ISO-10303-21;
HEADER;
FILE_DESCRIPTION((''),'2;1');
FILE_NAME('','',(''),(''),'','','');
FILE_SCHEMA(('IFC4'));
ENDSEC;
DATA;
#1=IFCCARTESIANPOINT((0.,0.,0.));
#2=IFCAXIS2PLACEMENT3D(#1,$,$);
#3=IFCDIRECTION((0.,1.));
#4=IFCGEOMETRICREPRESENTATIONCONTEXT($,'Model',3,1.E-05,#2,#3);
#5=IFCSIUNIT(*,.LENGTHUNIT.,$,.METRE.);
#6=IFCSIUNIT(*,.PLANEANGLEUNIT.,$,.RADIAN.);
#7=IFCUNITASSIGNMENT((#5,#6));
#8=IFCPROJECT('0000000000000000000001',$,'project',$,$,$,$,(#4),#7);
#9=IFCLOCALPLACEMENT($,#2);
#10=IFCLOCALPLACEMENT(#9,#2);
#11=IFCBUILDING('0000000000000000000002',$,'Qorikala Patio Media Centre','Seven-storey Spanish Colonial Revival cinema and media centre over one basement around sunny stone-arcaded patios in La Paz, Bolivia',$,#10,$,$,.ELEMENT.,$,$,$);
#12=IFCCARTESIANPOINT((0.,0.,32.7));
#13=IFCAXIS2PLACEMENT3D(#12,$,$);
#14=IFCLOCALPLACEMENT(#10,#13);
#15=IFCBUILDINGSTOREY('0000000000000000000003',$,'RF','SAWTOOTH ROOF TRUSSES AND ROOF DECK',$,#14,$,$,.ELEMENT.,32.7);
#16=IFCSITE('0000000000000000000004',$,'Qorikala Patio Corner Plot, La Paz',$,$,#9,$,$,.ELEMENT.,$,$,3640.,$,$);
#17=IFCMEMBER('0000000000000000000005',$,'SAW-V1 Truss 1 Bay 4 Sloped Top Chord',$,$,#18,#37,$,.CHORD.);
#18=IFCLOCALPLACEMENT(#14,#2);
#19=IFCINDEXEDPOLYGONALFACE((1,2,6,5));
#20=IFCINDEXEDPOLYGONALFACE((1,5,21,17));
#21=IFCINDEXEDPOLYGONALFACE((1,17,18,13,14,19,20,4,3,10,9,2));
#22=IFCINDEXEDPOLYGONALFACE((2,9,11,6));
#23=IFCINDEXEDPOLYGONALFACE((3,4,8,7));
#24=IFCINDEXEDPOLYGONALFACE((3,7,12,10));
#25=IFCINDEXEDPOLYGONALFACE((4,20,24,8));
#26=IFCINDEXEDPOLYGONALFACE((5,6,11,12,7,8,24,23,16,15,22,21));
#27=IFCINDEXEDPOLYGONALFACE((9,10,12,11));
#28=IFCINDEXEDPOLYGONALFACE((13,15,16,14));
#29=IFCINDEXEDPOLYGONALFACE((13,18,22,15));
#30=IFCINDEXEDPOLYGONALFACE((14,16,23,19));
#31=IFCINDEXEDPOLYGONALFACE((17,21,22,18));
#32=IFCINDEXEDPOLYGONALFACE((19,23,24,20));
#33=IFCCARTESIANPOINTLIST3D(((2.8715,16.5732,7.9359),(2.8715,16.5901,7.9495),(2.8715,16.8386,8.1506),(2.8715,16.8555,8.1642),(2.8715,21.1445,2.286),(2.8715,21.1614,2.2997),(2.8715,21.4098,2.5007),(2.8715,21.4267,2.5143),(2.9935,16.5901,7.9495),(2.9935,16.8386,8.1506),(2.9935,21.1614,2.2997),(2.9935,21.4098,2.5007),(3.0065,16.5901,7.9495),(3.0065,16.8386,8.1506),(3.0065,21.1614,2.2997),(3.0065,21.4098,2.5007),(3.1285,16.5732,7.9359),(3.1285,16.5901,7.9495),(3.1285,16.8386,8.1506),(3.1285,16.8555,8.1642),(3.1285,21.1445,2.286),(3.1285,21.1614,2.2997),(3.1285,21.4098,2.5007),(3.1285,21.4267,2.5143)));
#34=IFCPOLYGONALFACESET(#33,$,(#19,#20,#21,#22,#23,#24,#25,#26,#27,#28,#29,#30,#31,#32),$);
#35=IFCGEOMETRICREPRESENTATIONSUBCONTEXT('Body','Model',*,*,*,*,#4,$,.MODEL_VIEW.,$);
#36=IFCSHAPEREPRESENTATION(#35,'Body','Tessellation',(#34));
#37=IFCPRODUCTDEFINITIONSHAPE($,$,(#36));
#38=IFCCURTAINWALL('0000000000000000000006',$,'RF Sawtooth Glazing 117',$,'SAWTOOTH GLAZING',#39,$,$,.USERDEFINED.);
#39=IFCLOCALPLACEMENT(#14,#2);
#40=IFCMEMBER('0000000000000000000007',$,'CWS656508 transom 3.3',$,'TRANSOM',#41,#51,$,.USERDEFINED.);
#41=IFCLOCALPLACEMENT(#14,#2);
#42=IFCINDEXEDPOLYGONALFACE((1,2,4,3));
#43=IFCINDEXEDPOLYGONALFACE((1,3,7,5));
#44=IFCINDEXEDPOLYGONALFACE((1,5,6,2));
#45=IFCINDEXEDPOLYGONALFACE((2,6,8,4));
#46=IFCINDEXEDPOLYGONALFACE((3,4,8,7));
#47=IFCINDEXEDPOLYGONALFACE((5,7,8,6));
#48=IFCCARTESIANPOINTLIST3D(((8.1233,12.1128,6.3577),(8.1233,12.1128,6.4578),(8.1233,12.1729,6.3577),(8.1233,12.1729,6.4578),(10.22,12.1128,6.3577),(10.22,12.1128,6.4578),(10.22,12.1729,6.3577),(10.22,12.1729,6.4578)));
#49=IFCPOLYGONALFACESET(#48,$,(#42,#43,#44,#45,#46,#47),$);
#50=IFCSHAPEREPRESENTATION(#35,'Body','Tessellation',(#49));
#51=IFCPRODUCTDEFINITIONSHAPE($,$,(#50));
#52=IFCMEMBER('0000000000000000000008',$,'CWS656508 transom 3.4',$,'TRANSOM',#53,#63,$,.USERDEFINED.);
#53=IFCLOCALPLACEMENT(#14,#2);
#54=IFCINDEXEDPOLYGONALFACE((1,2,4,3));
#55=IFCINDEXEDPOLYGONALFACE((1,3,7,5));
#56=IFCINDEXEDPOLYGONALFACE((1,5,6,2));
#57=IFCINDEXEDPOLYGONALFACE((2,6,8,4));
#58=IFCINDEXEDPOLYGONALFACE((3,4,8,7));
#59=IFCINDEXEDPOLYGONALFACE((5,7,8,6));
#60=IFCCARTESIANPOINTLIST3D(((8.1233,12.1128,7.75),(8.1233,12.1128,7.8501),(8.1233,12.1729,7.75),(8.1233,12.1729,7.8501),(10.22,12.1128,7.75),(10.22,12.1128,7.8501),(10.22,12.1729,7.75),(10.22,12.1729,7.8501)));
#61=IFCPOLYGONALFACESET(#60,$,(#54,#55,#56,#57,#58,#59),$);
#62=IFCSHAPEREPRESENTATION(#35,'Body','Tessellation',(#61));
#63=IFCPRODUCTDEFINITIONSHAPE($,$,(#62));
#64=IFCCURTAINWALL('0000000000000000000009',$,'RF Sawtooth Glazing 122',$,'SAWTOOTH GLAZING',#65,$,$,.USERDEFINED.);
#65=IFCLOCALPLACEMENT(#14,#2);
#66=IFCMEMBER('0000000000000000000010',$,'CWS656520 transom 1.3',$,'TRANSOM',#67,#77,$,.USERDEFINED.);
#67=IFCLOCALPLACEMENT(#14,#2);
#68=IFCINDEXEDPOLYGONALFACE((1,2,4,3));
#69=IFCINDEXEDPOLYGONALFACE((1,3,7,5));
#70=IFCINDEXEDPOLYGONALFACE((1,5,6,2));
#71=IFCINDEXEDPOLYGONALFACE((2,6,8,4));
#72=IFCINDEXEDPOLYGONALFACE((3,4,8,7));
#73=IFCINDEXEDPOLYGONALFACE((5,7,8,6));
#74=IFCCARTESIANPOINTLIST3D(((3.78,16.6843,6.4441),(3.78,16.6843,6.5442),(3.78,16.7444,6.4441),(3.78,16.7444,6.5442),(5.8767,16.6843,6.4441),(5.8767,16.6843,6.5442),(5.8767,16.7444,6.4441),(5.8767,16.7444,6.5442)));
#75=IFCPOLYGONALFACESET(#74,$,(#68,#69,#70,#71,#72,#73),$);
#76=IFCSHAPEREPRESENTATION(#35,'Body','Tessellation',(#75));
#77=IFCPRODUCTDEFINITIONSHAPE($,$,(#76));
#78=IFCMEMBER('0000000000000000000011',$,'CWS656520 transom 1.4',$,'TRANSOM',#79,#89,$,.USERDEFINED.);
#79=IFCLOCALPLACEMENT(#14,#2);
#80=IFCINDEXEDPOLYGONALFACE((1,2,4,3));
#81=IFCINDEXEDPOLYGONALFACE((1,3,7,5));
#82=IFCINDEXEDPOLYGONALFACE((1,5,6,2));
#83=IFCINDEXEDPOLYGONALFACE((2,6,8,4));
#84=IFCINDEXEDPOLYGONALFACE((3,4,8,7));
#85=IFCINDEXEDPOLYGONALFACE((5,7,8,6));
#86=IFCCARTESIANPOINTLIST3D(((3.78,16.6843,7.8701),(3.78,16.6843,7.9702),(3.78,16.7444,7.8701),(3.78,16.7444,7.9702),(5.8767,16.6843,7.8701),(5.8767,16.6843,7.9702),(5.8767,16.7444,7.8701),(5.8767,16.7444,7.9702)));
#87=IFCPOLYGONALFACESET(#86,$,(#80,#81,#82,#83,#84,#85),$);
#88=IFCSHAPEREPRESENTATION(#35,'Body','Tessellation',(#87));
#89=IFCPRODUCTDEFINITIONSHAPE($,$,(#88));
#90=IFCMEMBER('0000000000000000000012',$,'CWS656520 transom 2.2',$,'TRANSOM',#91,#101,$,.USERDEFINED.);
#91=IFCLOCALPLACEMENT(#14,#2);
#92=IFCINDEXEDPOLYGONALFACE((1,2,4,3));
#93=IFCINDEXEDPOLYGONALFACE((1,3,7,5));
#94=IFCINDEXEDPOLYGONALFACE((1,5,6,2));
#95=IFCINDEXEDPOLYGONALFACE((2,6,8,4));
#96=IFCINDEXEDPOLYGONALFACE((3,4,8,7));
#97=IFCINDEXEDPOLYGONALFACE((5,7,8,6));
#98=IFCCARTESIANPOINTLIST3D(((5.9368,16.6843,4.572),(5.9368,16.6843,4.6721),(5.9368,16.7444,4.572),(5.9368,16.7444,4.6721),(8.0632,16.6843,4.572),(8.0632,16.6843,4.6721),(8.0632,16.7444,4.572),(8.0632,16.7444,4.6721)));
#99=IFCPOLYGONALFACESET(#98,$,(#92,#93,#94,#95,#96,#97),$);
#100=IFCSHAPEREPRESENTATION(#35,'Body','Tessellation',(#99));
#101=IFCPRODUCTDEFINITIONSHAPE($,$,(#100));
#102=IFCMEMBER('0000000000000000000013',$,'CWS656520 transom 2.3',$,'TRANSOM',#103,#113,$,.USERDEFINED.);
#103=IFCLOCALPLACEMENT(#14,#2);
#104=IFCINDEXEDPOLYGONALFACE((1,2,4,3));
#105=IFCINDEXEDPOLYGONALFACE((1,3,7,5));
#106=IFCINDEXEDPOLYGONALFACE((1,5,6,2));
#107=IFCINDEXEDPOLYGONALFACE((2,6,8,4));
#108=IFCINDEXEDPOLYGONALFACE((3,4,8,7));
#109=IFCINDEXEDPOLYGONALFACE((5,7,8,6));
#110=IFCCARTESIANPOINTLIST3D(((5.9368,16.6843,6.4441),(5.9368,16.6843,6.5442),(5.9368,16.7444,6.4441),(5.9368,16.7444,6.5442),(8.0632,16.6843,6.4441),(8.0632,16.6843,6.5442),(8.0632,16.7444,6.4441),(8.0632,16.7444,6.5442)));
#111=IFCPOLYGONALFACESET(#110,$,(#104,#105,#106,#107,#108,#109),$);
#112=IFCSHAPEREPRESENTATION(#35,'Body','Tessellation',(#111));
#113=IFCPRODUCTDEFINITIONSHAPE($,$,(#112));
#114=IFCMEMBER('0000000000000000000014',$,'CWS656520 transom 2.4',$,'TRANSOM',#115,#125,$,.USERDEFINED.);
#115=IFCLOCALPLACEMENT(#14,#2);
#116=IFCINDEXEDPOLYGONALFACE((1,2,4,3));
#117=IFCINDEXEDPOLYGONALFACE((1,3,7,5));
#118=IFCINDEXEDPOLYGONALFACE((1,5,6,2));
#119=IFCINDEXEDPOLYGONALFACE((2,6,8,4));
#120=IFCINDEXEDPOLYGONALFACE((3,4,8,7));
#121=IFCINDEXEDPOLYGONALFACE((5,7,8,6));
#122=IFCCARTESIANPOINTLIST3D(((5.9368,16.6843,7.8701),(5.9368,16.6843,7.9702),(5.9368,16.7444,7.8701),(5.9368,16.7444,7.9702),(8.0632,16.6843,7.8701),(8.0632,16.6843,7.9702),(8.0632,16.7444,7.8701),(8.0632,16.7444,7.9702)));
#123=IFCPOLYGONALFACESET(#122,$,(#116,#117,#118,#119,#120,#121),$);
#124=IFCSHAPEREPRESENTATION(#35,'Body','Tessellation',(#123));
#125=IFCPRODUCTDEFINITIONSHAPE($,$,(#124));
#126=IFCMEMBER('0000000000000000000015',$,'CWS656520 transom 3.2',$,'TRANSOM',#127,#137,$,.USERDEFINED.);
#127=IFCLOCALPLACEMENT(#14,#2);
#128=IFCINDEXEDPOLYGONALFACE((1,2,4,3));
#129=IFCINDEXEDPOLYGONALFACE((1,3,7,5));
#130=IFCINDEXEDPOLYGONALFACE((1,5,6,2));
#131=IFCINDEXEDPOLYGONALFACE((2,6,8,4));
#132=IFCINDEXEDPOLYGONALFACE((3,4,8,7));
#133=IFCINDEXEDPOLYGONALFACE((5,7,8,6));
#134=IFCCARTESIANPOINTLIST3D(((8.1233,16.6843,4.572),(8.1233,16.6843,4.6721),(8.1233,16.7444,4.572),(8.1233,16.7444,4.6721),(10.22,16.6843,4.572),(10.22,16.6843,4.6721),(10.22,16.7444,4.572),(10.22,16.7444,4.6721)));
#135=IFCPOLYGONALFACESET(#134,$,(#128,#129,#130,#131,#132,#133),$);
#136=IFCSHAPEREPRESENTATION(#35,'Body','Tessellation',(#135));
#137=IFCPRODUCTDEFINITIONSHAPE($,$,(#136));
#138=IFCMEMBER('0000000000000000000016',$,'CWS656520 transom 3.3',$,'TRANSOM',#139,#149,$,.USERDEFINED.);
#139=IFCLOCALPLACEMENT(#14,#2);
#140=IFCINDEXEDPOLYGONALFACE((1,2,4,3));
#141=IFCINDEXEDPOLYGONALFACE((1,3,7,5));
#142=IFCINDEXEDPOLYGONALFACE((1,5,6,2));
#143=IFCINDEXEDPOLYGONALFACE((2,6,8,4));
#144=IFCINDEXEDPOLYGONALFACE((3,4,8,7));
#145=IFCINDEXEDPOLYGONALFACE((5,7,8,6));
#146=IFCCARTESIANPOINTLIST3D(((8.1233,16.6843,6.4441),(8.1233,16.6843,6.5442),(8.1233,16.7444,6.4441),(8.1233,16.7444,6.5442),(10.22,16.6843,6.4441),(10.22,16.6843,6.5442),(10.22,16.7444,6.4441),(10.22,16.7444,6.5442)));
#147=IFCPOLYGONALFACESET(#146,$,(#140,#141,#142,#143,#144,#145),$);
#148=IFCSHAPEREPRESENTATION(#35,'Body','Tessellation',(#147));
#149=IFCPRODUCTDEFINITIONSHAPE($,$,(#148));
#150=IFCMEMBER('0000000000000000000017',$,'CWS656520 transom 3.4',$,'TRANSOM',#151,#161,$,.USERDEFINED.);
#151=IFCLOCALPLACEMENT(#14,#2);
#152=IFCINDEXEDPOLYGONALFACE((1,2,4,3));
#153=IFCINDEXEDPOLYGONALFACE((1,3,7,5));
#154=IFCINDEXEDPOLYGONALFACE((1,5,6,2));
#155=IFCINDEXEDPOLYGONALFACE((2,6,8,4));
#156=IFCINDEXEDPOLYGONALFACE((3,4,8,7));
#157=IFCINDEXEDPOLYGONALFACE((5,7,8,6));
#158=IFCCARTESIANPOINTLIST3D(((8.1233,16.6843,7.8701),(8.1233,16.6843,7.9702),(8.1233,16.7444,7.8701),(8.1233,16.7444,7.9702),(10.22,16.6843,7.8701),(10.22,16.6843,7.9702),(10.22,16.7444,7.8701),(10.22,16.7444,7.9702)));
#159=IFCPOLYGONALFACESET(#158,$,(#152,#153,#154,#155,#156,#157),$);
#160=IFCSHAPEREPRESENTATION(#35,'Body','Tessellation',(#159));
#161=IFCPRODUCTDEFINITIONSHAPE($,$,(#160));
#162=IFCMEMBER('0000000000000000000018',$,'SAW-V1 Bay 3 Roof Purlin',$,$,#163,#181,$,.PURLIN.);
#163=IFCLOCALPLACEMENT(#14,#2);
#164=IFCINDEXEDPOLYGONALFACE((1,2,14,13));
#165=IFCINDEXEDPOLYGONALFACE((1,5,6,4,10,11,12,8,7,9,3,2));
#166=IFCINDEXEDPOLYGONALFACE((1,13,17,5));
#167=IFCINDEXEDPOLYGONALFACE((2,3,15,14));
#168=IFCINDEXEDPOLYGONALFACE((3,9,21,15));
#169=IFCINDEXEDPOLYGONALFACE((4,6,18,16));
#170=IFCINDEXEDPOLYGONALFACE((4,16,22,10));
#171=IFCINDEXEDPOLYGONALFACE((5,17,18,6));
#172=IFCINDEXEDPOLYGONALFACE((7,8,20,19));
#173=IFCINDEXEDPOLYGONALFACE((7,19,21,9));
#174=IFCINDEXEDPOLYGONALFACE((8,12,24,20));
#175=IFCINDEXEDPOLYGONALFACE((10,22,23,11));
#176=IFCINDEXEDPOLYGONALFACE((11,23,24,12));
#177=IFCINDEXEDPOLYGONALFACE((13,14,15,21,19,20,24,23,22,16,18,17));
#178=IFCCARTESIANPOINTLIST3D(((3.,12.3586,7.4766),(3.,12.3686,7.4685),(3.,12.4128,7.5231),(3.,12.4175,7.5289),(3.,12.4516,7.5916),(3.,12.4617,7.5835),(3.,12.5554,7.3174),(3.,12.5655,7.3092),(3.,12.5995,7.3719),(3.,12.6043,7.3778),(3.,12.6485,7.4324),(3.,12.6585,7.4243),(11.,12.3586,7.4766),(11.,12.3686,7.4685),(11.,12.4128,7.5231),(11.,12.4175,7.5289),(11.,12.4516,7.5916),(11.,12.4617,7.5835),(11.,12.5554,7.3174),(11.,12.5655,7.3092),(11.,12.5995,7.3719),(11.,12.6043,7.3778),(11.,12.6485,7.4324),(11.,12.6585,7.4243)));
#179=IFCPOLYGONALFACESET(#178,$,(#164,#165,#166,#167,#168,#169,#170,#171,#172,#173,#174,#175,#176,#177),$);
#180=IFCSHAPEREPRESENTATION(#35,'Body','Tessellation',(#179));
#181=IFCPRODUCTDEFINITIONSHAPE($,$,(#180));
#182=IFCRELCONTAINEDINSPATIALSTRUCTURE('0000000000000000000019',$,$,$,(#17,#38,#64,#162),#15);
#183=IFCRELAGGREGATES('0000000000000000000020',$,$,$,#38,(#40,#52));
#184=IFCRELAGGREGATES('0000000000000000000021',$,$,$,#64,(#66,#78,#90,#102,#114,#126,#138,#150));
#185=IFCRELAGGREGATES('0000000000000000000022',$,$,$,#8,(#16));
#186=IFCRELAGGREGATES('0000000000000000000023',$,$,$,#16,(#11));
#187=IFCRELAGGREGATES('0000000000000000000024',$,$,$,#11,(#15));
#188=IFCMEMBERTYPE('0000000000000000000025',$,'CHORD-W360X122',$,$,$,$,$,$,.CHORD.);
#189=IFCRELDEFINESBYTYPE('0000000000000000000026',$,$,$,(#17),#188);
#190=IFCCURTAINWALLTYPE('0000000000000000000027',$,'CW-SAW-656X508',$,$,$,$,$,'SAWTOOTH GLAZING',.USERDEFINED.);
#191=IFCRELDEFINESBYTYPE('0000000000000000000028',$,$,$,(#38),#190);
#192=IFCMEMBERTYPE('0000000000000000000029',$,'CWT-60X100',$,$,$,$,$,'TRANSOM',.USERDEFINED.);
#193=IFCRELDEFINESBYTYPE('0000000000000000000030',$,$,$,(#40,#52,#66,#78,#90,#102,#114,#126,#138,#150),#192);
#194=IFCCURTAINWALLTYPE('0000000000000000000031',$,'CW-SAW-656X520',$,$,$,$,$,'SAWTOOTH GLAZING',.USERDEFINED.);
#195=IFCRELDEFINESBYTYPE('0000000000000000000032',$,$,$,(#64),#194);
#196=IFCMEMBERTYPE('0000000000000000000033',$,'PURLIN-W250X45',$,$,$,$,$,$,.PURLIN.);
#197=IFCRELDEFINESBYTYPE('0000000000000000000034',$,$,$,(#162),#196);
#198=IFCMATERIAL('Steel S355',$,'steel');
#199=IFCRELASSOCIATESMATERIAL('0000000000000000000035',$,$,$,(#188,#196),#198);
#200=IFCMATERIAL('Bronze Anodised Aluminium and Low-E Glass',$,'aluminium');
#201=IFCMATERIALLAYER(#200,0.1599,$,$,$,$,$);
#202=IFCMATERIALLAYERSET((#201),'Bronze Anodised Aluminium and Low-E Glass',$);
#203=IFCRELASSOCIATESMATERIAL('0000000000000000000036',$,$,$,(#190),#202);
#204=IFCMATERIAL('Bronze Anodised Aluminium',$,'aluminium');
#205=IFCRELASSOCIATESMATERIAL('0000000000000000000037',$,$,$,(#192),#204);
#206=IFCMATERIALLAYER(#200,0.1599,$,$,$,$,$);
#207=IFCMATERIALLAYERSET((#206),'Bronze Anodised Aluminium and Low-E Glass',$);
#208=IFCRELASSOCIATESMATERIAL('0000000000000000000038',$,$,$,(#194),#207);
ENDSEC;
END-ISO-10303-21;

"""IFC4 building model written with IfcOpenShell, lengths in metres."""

from ifc_helpers import new_model, si_unit, direction, frame, origin, origin_2d, place, context, subcontext, project, spatial, rectangle, i_section, extrude, material, layer, layer_set, material_profile, profile_set, type_object, element, aggregate, save


model = new_model("IFC4")

# Units and contexts
model_context = context("Model", 3, precision=1e-05, world=origin(), true_north=direction((0.0, 1.0)))
body_context = subcontext(model_context, "Body", "Model", "MODEL_VIEW")
ifc_project = project(units=[si_unit("LENGTHUNIT", "METRE"), si_unit("PLANEANGLEUNIT", "RADIAN")], contexts=[model_context])

# Site, building, storey
site_placement = place(None, origin())
site = spatial("IfcSite", under=ifc_project, at=site_placement, Name="Qorikala Patio Corner Plot, La Paz", CompositionType="ELEMENT", RefElevation=3640.0)
building_placement = place(site_placement, origin())
building = spatial("IfcBuilding", under=site, at=building_placement, Name="Qorikala Patio Media Centre", Description="Seven-storey Spanish Colonial Revival cinema and media centre over one basement around sunny stone-arcaded patios in La Paz, Bolivia", CompositionType="ELEMENT")
storey_placement = place(building_placement, frame((0.0, 0.0, 32.7)))
storey = spatial("IfcBuildingStorey", under=building, at=storey_placement, Name="RF", Description="SAWTOOTH ROOF TRUSSES AND ROOF DECK", CompositionType="ELEMENT", Elevation=32.7)

# Member
ifc_material_1 = material(Name="Steel S355", Category="steel")
ifc_material_profile_1 = material_profile(ifc_material_1, i_section(OverallWidth=0.2571, OverallDepth=0.363, WebThickness=0.0129, FlangeThickness=0.0217, at=origin_2d()), Name="W360X122")
ifc_profile_set_1 = profile_set([ifc_material_profile_1], Name="Steel S355")
member_type_1 = type_object("IfcMemberType", Name="CHORD-W360X122", PredefinedType="CHORD", material=ifc_profile_set_1)
member_1_placement = place(storey_placement, frame((3.0, 16.7144, 8.05), z_axis=(0.0, 0.628995, -0.777409), x_axis=(-1.0, 0.0, 0.0)))
element("IfcMember", 1, at=member_1_placement, inside=storey, type_object=member_type_1, Name="SAW-V1 Truss 1 Bay 4 Sloped Top Chord", PredefinedType="CHORD", context=body_context, shape_type="SweptSolid", body=[
    extrude(i_section(OverallWidth=0.2571, OverallDepth=0.363, WebThickness=0.0129, FlangeThickness=0.0217, at=origin_2d()), origin(), (0.0, 0.0, 1.0), 7.2676),
])

# Curtain walls, members
ifc_material_2 = material(Name="Bronze Anodised Aluminium and Low-E Glass", Category="aluminium")
ifc_layer_1 = layer(ifc_material_2, 0.1599)
ifc_layer_set_1 = layer_set([ifc_layer_1], Name="Bronze Anodised Aluminium and Low-E Glass")
curtain_wall_type_1 = type_object("IfcCurtainWallType", Name="CW-SAW-656X508", ElementType="SAWTOOTH GLAZING", PredefinedType="USERDEFINED", material=ifc_layer_set_1)
curtain_wall_1_placement = place(storey_placement, origin())
curtain_wall_1 = element("IfcCurtainWall", 2, at=curtain_wall_1_placement, inside=storey, type_object=curtain_wall_type_1, Name="RF Sawtooth Glazing 117", ObjectType="SAWTOOTH GLAZING", PredefinedType="USERDEFINED")
ifc_material_3 = material(Name="Bronze Anodised Aluminium", Category="aluminium")
ifc_material_profile_2 = material_profile(ifc_material_3, rectangle(XDim=0.0601, YDim=0.1001, at=origin_2d()), Name="ALU TRANSOM 60x100")
ifc_profile_set_2 = profile_set([ifc_material_profile_2], Name="Bronze Anodised Aluminium")
member_type_2 = type_object("IfcMemberType", Name="CWT-60X100", ElementType="TRANSOM", PredefinedType="USERDEFINED", material=ifc_profile_set_2)
member_2_placement = place(storey_placement, frame((8.1233, 12.1428, 6.4077), z_axis=(1.0, 0.0, 0.0), x_axis=(0.0, 1.0, 0.0)))
member_2 = element("IfcMember", 3, at=member_2_placement, type_object=member_type_2, Name="CWS656508 transom 3.3", ObjectType="TRANSOM", PredefinedType="USERDEFINED", context=body_context, shape_type="SweptSolid", body=[
    extrude(rectangle(XDim=0.0601, YDim=0.1001, at=origin_2d()), origin(), (0.0, 0.0, 1.0), 2.0967),
])
member_3_placement = place(storey_placement, frame((8.1233, 12.1428, 7.8), z_axis=(1.0, 0.0, 0.0), x_axis=(0.0, 1.0, 0.0)))
member_3 = element("IfcMember", 4, at=member_3_placement, type_object=member_type_2, Name="CWS656508 transom 3.4", ObjectType="TRANSOM", PredefinedType="USERDEFINED", context=body_context, shape_type="SweptSolid", body=[
    extrude(rectangle(XDim=0.0601, YDim=0.1001, at=origin_2d()), origin(), (0.0, 0.0, 1.0), 2.0967),
])
ifc_layer_2 = layer(ifc_material_2, 0.1599)
ifc_layer_set_2 = layer_set([ifc_layer_2], Name="Bronze Anodised Aluminium and Low-E Glass")
curtain_wall_type_2 = type_object("IfcCurtainWallType", Name="CW-SAW-656X520", ElementType="SAWTOOTH GLAZING", PredefinedType="USERDEFINED", material=ifc_layer_set_2)
curtain_wall_2_placement = place(storey_placement, origin())
curtain_wall_2 = element("IfcCurtainWall", 5, at=curtain_wall_2_placement, inside=storey, type_object=curtain_wall_type_2, Name="RF Sawtooth Glazing 122", ObjectType="SAWTOOTH GLAZING", PredefinedType="USERDEFINED")
member_4_placement = place(storey_placement, frame((3.78, 16.7144, 6.4941), z_axis=(1.0, 0.0, 0.0), x_axis=(0.0, 1.0, 0.0)))
member_4 = element("IfcMember", 6, at=member_4_placement, type_object=member_type_2, Name="CWS656520 transom 1.3", ObjectType="TRANSOM", PredefinedType="USERDEFINED", context=body_context, shape_type="SweptSolid", body=[
    extrude(rectangle(XDim=0.0601, YDim=0.1001, at=origin_2d()), origin(), (0.0, 0.0, 1.0), 2.0967),
])
member_5_placement = place(storey_placement, frame((3.78, 16.7144, 7.9202), z_axis=(1.0, 0.0, 0.0), x_axis=(0.0, 1.0, 0.0)))
member_5 = element("IfcMember", 7, at=member_5_placement, type_object=member_type_2, Name="CWS656520 transom 1.4", ObjectType="TRANSOM", PredefinedType="USERDEFINED", context=body_context, shape_type="SweptSolid", body=[
    extrude(rectangle(XDim=0.0601, YDim=0.1001, at=origin_2d()), origin(), (0.0, 0.0, 1.0), 2.0967),
])
member_6_placement = place(storey_placement, frame((5.9368, 16.7144, 4.6221), z_axis=(1.0, 0.0, 0.0), x_axis=(0.0, 1.0, 0.0)))
member_6 = element("IfcMember", 8, at=member_6_placement, type_object=member_type_2, Name="CWS656520 transom 2.2", ObjectType="TRANSOM", PredefinedType="USERDEFINED", context=body_context, shape_type="SweptSolid", body=[
    extrude(rectangle(XDim=0.0601, YDim=0.1001, at=origin_2d()), origin(), (0.0, 0.0, 1.0), 2.1265),
])
member_7_placement = place(storey_placement, frame((5.9368, 16.7144, 6.4941), z_axis=(1.0, 0.0, 0.0), x_axis=(0.0, 1.0, 0.0)))
member_7 = element("IfcMember", 9, at=member_7_placement, type_object=member_type_2, Name="CWS656520 transom 2.3", ObjectType="TRANSOM", PredefinedType="USERDEFINED", context=body_context, shape_type="SweptSolid", body=[
    extrude(rectangle(XDim=0.0601, YDim=0.1001, at=origin_2d()), origin(), (0.0, 0.0, 1.0), 2.1265),
])
member_8_placement = place(storey_placement, frame((5.9368, 16.7144, 7.9202), z_axis=(1.0, 0.0, 0.0), x_axis=(0.0, 1.0, 0.0)))
member_8 = element("IfcMember", 10, at=member_8_placement, type_object=member_type_2, Name="CWS656520 transom 2.4", ObjectType="TRANSOM", PredefinedType="USERDEFINED", context=body_context, shape_type="SweptSolid", body=[
    extrude(rectangle(XDim=0.0601, YDim=0.1001, at=origin_2d()), origin(), (0.0, 0.0, 1.0), 2.1265),
])
member_9_placement = place(storey_placement, frame((8.1233, 16.7144, 4.6221), z_axis=(1.0, 0.0, 0.0), x_axis=(0.0, 1.0, 0.0)))
member_9 = element("IfcMember", 11, at=member_9_placement, type_object=member_type_2, Name="CWS656520 transom 3.2", ObjectType="TRANSOM", PredefinedType="USERDEFINED", context=body_context, shape_type="SweptSolid", body=[
    extrude(rectangle(XDim=0.0601, YDim=0.1001, at=origin_2d()), origin(), (0.0, 0.0, 1.0), 2.0967),
])
member_10_placement = place(storey_placement, frame((8.1233, 16.7144, 6.4941), z_axis=(1.0, 0.0, 0.0), x_axis=(0.0, 1.0, 0.0)))
member_10 = element("IfcMember", 12, at=member_10_placement, type_object=member_type_2, Name="CWS656520 transom 3.3", ObjectType="TRANSOM", PredefinedType="USERDEFINED", context=body_context, shape_type="SweptSolid", body=[
    extrude(rectangle(XDim=0.0601, YDim=0.1001, at=origin_2d()), origin(), (0.0, 0.0, 1.0), 2.0967),
])
member_11_placement = place(storey_placement, frame((8.1233, 16.7144, 7.9202), z_axis=(1.0, 0.0, 0.0), x_axis=(0.0, 1.0, 0.0)))
member_11 = element("IfcMember", 13, at=member_11_placement, type_object=member_type_2, Name="CWS656520 transom 3.4", ObjectType="TRANSOM", PredefinedType="USERDEFINED", context=body_context, shape_type="SweptSolid", body=[
    extrude(rectangle(XDim=0.0601, YDim=0.1001, at=origin_2d()), origin(), (0.0, 0.0, 1.0), 2.0967),
])

# Member
ifc_material_profile_3 = material_profile(ifc_material_1, i_section(OverallWidth=0.1479, OverallDepth=0.2661, WebThickness=0.0076, FlangeThickness=0.0129, at=origin_2d()), Name="W250X45")
ifc_profile_set_3 = profile_set([ifc_material_profile_3], Name="Steel S355")
member_type_3 = type_object("IfcMemberType", Name="PURLIN-W250X45", PredefinedType="PURLIN", material=ifc_profile_set_3)
for number, where, z_axis, x_axis, name in (
    (14, (3.0, 12.5085, 7.4504), (1.0, 0.0, 0.0), (0.0, 0.628995, 0.77741), "SAW-V1 Bay 3 Roof Purlin"),
):
    element("IfcMember", number, at=place(storey_placement, frame(where, z_axis=z_axis, x_axis=x_axis)), inside=storey, type_object=member_type_3, Name=name, PredefinedType="PURLIN", context=body_context, shape_type="SweptSolid", body=[
        extrude(i_section(OverallWidth=0.1479, OverallDepth=0.2661, WebThickness=0.0076, FlangeThickness=0.0129, at=origin_2d()), origin(), (0.0, 0.0, 1.0), 8.0),
    ])

aggregate(curtain_wall_1, [member_2, member_3])
aggregate(curtain_wall_2, [member_4, member_5, member_6, member_7, member_8, member_9, member_10, member_11])

save(model, "model.ifc")
